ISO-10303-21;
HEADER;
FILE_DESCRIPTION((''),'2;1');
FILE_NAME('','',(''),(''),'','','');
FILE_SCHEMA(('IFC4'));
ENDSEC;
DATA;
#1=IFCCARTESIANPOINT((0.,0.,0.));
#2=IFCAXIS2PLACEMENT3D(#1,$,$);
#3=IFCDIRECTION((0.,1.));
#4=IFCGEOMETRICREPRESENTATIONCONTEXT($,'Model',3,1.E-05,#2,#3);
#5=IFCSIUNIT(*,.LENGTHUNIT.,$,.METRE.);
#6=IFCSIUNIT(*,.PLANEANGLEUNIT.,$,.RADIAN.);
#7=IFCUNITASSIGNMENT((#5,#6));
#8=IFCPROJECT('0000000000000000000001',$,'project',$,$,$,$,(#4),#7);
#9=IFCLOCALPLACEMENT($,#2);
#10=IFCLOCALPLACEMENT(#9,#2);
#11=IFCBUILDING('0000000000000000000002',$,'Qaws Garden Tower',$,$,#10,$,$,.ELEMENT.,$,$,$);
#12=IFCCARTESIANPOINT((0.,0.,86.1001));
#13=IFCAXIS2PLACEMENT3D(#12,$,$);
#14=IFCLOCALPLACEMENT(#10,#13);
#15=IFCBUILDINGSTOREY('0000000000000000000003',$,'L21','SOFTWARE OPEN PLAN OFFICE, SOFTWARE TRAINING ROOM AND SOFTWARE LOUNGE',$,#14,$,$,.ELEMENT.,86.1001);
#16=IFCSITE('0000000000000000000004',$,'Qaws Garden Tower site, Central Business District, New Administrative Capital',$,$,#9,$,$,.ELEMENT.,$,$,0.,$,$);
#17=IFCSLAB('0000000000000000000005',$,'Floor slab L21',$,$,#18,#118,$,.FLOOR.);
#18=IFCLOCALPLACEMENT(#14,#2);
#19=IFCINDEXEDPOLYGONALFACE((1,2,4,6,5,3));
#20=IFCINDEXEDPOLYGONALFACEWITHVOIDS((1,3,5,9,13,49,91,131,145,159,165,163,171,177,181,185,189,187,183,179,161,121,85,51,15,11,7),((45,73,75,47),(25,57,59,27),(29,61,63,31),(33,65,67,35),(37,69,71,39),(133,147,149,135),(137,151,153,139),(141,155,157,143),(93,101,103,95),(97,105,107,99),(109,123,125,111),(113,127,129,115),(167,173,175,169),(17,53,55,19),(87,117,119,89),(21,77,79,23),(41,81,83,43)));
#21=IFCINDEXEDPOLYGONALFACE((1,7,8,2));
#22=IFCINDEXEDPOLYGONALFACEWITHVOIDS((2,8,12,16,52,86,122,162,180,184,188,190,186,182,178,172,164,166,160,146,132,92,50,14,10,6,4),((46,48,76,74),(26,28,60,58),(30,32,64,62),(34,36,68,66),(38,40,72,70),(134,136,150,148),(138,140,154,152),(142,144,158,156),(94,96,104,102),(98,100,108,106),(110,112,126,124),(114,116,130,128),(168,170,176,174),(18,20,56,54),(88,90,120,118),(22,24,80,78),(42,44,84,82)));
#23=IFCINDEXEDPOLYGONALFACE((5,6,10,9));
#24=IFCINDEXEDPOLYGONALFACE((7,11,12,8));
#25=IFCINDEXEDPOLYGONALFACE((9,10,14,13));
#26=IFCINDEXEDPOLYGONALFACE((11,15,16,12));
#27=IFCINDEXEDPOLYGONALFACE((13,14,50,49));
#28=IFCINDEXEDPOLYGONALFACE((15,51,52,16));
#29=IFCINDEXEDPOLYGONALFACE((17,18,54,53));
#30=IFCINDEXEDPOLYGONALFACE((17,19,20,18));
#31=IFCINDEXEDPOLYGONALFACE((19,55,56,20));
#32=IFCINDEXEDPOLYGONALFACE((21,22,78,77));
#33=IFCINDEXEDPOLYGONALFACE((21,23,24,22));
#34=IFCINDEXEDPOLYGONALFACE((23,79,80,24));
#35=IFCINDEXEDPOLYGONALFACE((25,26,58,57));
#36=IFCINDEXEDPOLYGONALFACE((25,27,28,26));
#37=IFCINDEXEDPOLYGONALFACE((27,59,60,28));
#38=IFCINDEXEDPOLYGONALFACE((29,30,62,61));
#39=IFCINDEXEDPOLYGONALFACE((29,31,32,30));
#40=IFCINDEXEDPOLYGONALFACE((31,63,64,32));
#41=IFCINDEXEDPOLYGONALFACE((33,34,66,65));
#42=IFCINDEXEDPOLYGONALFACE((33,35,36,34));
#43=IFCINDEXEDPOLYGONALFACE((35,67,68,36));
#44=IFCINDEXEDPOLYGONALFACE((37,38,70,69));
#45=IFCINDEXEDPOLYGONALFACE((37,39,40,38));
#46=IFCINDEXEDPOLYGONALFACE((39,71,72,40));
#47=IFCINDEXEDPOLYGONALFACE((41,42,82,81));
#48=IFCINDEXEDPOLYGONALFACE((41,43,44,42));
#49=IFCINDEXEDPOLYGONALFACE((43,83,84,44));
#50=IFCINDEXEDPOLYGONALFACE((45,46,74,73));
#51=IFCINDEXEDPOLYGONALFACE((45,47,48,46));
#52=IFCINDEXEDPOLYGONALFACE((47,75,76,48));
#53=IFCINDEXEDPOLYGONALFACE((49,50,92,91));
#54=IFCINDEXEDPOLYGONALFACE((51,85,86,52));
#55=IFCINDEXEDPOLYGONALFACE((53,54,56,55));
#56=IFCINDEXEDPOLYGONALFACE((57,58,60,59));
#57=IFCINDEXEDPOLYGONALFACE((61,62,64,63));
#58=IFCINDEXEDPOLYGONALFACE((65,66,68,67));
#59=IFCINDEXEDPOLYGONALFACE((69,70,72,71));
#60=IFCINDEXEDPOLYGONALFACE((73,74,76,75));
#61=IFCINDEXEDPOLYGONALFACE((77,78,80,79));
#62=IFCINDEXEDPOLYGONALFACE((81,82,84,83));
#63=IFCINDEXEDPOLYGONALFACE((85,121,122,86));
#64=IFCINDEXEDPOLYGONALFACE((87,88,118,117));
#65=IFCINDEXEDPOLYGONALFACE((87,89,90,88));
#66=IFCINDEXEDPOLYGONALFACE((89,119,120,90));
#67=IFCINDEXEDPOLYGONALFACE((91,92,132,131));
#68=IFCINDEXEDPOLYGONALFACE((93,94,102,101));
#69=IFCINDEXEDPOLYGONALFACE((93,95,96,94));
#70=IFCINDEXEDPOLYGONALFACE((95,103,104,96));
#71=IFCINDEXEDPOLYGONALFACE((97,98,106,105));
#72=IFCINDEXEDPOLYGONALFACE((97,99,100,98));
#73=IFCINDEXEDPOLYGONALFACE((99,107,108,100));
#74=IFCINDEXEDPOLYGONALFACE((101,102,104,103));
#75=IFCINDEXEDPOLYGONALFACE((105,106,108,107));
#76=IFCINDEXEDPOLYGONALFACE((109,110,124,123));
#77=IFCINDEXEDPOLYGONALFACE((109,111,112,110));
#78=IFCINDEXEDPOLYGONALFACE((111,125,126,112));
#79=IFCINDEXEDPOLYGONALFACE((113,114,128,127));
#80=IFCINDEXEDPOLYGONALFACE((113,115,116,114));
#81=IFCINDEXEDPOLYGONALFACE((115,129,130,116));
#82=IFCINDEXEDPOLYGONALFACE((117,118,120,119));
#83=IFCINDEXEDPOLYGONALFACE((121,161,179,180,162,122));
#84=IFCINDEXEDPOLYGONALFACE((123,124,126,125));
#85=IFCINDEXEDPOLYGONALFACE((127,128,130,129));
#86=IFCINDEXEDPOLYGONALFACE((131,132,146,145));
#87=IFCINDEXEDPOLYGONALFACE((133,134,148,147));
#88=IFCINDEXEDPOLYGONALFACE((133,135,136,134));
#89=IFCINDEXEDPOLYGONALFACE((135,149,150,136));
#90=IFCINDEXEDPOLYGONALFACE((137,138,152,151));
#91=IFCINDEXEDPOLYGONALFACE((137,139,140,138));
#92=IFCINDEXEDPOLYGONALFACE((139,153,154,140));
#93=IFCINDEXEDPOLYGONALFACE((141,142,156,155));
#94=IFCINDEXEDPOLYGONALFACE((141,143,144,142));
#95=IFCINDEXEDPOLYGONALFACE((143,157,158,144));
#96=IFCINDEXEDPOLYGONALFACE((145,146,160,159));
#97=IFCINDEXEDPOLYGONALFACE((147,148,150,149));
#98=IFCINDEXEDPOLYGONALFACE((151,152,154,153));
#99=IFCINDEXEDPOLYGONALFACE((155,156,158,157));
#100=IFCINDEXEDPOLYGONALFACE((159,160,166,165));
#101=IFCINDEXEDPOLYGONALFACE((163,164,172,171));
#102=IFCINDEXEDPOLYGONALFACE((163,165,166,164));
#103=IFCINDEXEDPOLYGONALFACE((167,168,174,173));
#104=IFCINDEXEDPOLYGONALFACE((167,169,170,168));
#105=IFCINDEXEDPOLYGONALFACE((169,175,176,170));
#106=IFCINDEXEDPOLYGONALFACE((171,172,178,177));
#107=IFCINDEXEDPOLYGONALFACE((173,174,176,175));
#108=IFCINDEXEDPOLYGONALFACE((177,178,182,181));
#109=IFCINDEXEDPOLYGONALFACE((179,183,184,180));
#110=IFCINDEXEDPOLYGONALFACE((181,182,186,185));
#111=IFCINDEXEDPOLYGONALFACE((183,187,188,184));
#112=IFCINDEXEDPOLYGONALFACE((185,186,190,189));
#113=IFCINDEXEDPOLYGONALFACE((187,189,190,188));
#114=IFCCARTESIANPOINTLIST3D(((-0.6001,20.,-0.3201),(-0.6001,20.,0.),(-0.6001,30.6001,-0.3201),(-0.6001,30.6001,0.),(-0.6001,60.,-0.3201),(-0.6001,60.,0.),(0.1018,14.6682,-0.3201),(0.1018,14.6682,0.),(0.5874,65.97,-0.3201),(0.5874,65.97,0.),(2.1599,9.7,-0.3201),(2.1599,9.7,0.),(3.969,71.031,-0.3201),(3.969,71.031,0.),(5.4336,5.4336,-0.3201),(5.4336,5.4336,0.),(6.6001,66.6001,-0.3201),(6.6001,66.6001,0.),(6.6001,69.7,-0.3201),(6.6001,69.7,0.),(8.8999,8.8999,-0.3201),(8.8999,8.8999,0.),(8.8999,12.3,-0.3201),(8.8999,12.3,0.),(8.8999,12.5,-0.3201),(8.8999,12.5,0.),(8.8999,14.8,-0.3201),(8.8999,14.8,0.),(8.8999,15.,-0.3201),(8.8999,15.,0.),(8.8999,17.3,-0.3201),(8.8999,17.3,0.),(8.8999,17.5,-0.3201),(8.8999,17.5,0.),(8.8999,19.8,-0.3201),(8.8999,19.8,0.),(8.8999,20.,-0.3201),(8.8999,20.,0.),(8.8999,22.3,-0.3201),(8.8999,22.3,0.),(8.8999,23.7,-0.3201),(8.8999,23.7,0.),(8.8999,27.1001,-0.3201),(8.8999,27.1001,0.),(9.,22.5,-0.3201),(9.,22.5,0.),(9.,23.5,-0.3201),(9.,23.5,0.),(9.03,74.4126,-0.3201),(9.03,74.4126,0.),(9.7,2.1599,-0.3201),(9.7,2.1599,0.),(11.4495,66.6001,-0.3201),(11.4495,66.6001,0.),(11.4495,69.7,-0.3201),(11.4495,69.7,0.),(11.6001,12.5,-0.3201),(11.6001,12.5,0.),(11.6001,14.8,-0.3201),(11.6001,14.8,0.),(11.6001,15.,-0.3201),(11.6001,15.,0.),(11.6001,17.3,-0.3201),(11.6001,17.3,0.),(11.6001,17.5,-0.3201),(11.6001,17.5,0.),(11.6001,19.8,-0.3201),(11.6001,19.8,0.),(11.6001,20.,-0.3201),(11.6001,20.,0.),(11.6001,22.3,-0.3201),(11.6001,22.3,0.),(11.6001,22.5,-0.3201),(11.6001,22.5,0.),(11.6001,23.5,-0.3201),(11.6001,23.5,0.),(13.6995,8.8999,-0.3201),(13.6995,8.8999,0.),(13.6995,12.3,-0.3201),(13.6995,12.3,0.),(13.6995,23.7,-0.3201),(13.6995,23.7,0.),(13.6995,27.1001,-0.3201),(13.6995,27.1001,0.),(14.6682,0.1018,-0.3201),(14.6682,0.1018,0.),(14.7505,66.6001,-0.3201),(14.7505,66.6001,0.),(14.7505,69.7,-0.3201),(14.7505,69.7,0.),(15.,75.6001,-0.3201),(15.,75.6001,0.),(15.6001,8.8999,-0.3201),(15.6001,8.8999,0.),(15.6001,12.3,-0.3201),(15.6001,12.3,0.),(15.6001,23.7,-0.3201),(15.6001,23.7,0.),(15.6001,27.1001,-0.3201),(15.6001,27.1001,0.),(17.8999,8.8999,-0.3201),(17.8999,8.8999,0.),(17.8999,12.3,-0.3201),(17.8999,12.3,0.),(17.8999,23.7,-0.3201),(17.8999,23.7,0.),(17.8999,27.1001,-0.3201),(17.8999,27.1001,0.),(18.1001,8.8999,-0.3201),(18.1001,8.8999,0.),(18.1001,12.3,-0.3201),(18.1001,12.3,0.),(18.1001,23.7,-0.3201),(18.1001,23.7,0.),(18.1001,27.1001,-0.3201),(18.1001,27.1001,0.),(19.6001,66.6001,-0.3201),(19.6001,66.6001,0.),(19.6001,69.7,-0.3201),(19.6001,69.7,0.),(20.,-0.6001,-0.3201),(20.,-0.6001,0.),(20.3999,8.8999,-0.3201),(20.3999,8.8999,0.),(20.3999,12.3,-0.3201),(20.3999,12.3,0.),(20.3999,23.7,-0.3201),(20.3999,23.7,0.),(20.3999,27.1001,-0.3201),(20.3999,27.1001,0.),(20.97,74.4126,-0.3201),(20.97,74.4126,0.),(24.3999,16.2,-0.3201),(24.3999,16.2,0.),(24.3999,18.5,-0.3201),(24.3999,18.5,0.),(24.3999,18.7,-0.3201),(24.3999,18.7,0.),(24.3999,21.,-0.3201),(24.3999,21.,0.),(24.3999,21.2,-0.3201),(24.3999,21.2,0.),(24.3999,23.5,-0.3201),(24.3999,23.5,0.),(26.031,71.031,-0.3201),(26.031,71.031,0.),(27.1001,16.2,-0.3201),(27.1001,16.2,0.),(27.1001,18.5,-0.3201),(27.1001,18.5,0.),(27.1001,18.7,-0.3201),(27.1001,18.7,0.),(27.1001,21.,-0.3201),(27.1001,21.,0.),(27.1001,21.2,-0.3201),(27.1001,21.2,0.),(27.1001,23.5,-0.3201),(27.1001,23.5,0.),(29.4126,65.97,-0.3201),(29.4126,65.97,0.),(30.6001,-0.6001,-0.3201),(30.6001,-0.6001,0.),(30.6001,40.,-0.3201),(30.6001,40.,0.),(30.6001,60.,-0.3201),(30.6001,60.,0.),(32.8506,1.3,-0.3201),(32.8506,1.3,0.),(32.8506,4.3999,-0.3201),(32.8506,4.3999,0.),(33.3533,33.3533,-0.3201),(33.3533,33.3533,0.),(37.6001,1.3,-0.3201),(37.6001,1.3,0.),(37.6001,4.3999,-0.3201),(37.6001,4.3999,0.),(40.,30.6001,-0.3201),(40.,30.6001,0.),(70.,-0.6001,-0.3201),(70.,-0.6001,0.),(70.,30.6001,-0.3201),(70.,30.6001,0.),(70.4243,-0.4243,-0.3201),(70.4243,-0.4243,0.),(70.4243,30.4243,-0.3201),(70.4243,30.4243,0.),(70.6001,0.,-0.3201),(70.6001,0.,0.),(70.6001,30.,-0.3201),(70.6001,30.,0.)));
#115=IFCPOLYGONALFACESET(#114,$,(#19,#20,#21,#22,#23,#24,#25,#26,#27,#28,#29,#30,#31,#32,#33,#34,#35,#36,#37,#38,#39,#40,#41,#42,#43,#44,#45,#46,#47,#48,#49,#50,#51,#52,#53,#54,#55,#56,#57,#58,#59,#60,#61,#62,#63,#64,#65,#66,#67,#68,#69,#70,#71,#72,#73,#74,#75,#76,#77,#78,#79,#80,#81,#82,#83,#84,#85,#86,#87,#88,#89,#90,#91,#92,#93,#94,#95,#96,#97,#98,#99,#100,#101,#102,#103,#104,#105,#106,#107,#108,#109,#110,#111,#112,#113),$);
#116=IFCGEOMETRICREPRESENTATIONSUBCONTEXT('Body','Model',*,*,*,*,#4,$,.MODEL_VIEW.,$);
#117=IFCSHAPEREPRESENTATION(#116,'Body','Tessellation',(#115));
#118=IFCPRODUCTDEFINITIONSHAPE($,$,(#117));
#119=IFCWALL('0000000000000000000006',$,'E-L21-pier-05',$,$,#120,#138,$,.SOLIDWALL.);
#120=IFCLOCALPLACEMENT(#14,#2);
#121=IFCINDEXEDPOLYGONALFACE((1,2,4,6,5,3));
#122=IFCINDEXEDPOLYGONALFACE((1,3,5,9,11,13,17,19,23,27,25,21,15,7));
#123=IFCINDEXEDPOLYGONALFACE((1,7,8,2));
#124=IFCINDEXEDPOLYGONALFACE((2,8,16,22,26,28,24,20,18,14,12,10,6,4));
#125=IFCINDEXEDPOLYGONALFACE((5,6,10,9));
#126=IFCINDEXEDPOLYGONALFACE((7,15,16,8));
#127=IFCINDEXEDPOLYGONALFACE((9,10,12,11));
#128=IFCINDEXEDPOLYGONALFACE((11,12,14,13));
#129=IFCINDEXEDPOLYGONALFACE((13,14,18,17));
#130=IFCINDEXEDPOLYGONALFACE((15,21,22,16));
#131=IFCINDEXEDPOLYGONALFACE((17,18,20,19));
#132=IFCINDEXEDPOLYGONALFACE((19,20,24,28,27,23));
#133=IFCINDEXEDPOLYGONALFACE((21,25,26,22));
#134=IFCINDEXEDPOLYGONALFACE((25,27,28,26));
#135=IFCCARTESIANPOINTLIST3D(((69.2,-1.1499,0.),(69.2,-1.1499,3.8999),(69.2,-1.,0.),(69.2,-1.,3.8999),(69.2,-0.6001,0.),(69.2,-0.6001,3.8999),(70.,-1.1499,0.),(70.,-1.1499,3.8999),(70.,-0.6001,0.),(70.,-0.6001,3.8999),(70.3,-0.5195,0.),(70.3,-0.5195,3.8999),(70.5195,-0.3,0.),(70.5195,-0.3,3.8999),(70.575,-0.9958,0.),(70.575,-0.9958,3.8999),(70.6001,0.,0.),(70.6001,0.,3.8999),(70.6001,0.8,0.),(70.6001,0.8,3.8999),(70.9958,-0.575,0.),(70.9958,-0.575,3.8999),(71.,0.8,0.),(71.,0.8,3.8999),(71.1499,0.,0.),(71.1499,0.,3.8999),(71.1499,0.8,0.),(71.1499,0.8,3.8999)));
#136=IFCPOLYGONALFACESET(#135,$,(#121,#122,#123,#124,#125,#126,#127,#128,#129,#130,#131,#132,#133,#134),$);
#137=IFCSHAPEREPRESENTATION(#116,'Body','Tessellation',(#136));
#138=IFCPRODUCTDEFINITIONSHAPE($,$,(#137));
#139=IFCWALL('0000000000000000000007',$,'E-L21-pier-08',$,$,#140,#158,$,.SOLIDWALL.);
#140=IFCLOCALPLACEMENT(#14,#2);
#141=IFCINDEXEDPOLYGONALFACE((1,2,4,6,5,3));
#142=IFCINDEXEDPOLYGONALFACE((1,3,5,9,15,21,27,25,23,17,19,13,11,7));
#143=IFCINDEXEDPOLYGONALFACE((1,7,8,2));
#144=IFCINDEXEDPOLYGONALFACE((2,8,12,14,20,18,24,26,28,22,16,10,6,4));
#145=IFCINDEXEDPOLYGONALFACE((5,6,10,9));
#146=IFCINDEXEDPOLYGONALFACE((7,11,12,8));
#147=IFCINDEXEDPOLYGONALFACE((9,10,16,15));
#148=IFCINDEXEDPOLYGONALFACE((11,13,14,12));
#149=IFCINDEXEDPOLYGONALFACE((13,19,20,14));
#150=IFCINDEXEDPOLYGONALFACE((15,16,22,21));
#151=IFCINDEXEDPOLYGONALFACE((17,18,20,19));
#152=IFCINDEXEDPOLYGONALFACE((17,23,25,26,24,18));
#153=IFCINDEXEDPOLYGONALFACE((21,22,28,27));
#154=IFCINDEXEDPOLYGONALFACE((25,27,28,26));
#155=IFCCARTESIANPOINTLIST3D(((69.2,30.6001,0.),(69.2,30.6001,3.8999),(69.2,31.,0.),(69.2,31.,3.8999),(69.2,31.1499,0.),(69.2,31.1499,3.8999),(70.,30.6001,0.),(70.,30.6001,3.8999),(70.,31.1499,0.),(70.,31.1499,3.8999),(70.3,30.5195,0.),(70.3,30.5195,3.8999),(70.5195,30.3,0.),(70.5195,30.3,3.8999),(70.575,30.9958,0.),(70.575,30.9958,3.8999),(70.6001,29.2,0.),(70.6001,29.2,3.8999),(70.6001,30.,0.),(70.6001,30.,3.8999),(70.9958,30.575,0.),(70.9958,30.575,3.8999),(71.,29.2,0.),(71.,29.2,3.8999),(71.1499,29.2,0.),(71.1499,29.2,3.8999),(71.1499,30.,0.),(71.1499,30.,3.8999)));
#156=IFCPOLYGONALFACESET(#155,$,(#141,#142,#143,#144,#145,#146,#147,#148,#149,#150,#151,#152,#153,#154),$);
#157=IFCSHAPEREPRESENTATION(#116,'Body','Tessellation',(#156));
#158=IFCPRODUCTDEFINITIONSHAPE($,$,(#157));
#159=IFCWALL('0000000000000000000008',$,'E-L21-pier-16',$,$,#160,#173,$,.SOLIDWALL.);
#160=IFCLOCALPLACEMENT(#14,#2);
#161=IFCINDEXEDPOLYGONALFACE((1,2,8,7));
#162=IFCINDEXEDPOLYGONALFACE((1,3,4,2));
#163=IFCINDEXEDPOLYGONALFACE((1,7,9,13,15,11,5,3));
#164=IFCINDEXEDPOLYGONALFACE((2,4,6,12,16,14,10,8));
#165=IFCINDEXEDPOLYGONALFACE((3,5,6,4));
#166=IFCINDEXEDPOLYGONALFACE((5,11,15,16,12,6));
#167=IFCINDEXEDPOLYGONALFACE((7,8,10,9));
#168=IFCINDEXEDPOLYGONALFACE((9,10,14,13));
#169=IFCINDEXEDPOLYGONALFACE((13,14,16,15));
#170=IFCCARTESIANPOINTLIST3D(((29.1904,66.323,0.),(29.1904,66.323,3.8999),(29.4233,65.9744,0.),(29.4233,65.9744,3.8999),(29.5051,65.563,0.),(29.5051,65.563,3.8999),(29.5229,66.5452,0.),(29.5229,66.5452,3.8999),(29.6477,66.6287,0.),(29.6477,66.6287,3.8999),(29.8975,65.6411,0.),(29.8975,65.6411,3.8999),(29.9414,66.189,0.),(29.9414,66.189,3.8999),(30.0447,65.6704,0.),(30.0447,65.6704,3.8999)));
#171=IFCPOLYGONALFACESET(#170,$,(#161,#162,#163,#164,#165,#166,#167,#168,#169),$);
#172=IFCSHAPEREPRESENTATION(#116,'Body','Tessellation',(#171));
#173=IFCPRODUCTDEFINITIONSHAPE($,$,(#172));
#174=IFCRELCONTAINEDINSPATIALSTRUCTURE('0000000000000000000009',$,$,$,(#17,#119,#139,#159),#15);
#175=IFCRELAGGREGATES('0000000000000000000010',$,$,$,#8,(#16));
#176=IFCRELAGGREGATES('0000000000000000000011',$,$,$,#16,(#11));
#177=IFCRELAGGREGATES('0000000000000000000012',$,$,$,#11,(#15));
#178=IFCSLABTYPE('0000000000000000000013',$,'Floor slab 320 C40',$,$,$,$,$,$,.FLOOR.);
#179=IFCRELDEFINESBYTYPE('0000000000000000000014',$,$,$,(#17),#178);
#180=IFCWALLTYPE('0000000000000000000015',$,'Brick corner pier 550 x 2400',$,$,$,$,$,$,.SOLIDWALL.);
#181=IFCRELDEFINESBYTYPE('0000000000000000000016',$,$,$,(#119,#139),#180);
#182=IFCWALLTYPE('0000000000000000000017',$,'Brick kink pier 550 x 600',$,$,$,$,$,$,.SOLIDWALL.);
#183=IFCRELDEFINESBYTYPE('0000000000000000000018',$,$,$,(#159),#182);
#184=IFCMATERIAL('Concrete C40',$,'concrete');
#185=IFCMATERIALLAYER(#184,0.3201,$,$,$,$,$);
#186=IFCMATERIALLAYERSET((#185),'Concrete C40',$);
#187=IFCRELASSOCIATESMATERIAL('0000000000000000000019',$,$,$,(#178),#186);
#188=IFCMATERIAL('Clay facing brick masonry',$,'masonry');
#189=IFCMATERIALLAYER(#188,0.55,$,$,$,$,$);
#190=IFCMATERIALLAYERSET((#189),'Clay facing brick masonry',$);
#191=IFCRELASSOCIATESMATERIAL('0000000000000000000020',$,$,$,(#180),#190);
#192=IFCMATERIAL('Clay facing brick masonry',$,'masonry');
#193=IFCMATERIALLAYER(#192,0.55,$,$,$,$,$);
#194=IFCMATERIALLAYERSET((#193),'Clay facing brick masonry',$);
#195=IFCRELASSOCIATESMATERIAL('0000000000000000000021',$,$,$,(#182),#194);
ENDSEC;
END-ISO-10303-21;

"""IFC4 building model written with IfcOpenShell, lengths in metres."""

from ifc_helpers import new_model, si_unit, direction, frame, origin, place, context, subcontext, project, spatial, polyline, outline, extrude, material, layer, layer_set, type_object, element, save


model = new_model("IFC4")

# Units and contexts
model_context = context("Model", 3, precision=1e-05, world=origin(), true_north=direction((0.0, 1.0)))
body_context = subcontext(model_context, "Body", "Model", "MODEL_VIEW")
ifc_project = project(units=[si_unit("LENGTHUNIT", "METRE"), si_unit("PLANEANGLEUNIT", "RADIAN")], contexts=[model_context])

# Site, building, storey
site_placement = place(None, origin())
site = spatial("IfcSite", under=ifc_project, at=site_placement, Name="Qaws Garden Tower site, Central Business District, New Administrative Capital", CompositionType="ELEMENT", RefElevation=0.0)
building_placement = place(site_placement, origin())
building = spatial("IfcBuilding", under=site, at=building_placement, Name="Qaws Garden Tower", CompositionType="ELEMENT")
storey_placement = place(building_placement, frame((0.0, 0.0, 86.1001)))
storey = spatial("IfcBuildingStorey", under=building, at=storey_placement, Name="L21", Description="SOFTWARE OPEN PLAN OFFICE, SOFTWARE TRAINING ROOM AND SOFTWARE LOUNGE", CompositionType="ELEMENT", Elevation=86.1001)

# Slab
ifc_material_1 = material(Name="Concrete C40", Category="concrete")
ifc_layer_1 = layer(ifc_material_1, 0.3201)
ifc_layer_set_1 = layer_set([ifc_layer_1], Name="Concrete C40")
slab_type = type_object("IfcSlabType", Name="Floor slab 320 C40", PredefinedType="FLOOR", material=ifc_layer_set_1)
slab_placement = place(storey_placement, frame((0.0, 0.0, -0.3201)))
element("IfcSlab", 1, at=slab_placement, inside=storey, type_object=slab_type, Name="Floor slab L21", PredefinedType="FLOOR", context=body_context, shape_type="SweptSolid", body=[
    extrude(outline(polyline([(0.1018, 14.6682), (-0.6001, 20.0), (-0.6001, 30.6001), (-0.6001, 60.0), (-0.6001, 60.0), (0.5874, 65.97), (3.969, 71.031), (9.03, 74.4126), (15.0, 75.6001), (20.97, 74.4126), (26.031, 71.031), (29.4126, 65.97), (30.6001, 60.0), (30.6001, 40.0), (33.3533, 33.3533), (40.0, 30.6001), (70.0, 30.6001), (70.4243, 30.4243), (70.6001, 30.0), (70.6001, 0.0), (70.4243, -0.4243), (70.0, -0.6001), (30.6001, -0.6001), (20.0, -0.6001), (14.6682, 0.1018), (9.7, 2.1599), (5.4336, 5.4336), (2.1599, 9.7), (0.1018, 14.6682)]), holes=[polyline([(13.6995, 12.3), (8.8999, 12.3), (8.8999, 8.8999), (13.6995, 8.8999), (13.6995, 12.3)]), polyline([(17.8999, 12.3), (15.6001, 12.3), (15.6001, 8.8999), (17.8999, 8.8999), (17.8999, 12.3)]), polyline([(11.6001, 14.8), (8.8999, 14.8), (8.8999, 12.5), (11.6001, 12.5), (11.6001, 14.8)]), polyline([(11.6001, 17.3), (8.8999, 17.3), (8.8999, 15.0), (11.6001, 15.0), (11.6001, 17.3)]), polyline([(11.6001, 19.8), (8.8999, 19.8), (8.8999, 17.5), (11.6001, 17.5), (11.6001, 19.8)]), polyline([(11.6001, 22.3), (8.8999, 22.3), (8.8999, 20.0), (11.6001, 20.0), (11.6001, 22.3)]), polyline([(11.6001, 23.5), (9.0, 23.5), (9.0, 22.5), (11.6001, 22.5), (11.6001, 23.5)]), polyline([(13.6995, 27.1001), (8.8999, 27.1001), (8.8999, 23.7), (13.6995, 23.7), (13.6995, 27.1001)]), polyline([(11.4495, 69.7), (6.6001, 69.7), (6.6001, 66.6001), (11.4495, 66.6001), (11.4495, 69.7)]), polyline([(37.6001, 4.3999), (32.8506, 4.3999), (32.8506, 1.3), (37.6001, 1.3), (37.6001, 4.3999)]), polyline([(20.3999, 12.3), (18.1001, 12.3), (18.1001, 8.8999), (20.3999, 8.8999), (20.3999, 12.3)]), polyline([(27.1001, 18.5), (24.3999, 18.5), (24.3999, 16.2), (27.1001, 16.2), (27.1001, 18.5)]), polyline([(27.1001, 21.0), (24.3999, 21.0), (24.3999, 18.7), (27.1001, 18.7), (27.1001, 21.0)]), polyline([(27.1001, 23.5), (24.3999, 23.5), (24.3999, 21.2), (27.1001, 21.2), (27.1001, 23.5)]), polyline([(17.8999, 27.1001), (15.6001, 27.1001), (15.6001, 23.7), (17.8999, 23.7), (17.8999, 27.1001)]), polyline([(20.3999, 23.7), (20.3999, 27.1001), (18.1001, 27.1001), (18.1001, 23.7), (20.3999, 23.7)]), polyline([(19.6001, 66.6001), (19.6001, 69.7), (14.7505, 69.7), (14.7505, 66.6001), (19.6001, 66.6001)])]), origin(), (0.0, 0.0, 1.0), 0.3201),
])

# Walls
ifc_material_2 = material(Name="Clay facing brick masonry", Category="masonry")
ifc_layer_2 = layer(ifc_material_2, 0.55)
ifc_layer_set_2 = layer_set([ifc_layer_2], Name="Clay facing brick masonry")
wall_type_1 = type_object("IfcWallType", Name="Brick corner pier 550 x 2400", PredefinedType="SOLIDWALL", material=ifc_layer_set_2)
placement = place(storey_placement, origin())
element("IfcWall", 2, at=placement, inside=storey, type_object=wall_type_1, Name="E-L21-pier-05", PredefinedType="SOLIDWALL", context=body_context, shape_type="SweptSolid", body=[
    extrude(outline(polyline([(69.2, -1.0), (69.2, -1.1499), (70.0, -1.1499), (70.575, -0.9958), (70.9958, -0.575), (71.1499, 0.0), (71.1499, 0.8), (71.0, 0.8), (70.6001, 0.8), (70.6001, 0.0), (70.5195, -0.3), (70.3, -0.5195), (70.0, -0.6001), (69.2, -0.6001), (69.2, -1.0)])), origin(), (0.0, 0.0, 1.0), 3.8999),
])
element("IfcWall", 3, at=placement, inside=storey, type_object=wall_type_1, Name="E-L21-pier-08", PredefinedType="SOLIDWALL", context=body_context, shape_type="SweptSolid", body=[
    extrude(outline(polyline([(71.0, 29.2), (71.1499, 29.2), (71.1499, 30.0), (70.9958, 30.575), (70.575, 30.9958), (70.0, 31.1499), (69.2, 31.1499), (69.2, 31.0), (69.2, 30.6001), (70.0, 30.6001), (70.3, 30.5195), (70.5195, 30.3), (70.6001, 30.0), (70.6001, 29.2), (71.0, 29.2)])), origin(), (0.0, 0.0, 1.0), 3.8999),
])
ifc_material_3 = material(Name="Clay facing brick masonry", Category="masonry")
ifc_layer_3 = layer(ifc_material_3, 0.55)
ifc_layer_set_3 = layer_set([ifc_layer_3], Name="Clay facing brick masonry")
wall_type_2 = type_object("IfcWallType", Name="Brick kink pier 550 x 600", PredefinedType="SOLIDWALL", material=ifc_layer_set_3)
element("IfcWall", 4, at=placement, inside=storey, type_object=wall_type_2, Name="E-L21-pier-16", PredefinedType="SOLIDWALL", context=body_context, shape_type="SweptSolid", body=[
    extrude(outline(polyline([(29.8975, 65.6411), (30.0447, 65.6704), (29.9414, 66.189), (29.6477, 66.6287), (29.5229, 66.5452), (29.1904, 66.323), (29.4233, 65.9744), (29.5051, 65.563), (29.8975, 65.6411)])), origin(), (0.0, 0.0, 1.0), 3.8999),
])

save(model, "model.ifc")
